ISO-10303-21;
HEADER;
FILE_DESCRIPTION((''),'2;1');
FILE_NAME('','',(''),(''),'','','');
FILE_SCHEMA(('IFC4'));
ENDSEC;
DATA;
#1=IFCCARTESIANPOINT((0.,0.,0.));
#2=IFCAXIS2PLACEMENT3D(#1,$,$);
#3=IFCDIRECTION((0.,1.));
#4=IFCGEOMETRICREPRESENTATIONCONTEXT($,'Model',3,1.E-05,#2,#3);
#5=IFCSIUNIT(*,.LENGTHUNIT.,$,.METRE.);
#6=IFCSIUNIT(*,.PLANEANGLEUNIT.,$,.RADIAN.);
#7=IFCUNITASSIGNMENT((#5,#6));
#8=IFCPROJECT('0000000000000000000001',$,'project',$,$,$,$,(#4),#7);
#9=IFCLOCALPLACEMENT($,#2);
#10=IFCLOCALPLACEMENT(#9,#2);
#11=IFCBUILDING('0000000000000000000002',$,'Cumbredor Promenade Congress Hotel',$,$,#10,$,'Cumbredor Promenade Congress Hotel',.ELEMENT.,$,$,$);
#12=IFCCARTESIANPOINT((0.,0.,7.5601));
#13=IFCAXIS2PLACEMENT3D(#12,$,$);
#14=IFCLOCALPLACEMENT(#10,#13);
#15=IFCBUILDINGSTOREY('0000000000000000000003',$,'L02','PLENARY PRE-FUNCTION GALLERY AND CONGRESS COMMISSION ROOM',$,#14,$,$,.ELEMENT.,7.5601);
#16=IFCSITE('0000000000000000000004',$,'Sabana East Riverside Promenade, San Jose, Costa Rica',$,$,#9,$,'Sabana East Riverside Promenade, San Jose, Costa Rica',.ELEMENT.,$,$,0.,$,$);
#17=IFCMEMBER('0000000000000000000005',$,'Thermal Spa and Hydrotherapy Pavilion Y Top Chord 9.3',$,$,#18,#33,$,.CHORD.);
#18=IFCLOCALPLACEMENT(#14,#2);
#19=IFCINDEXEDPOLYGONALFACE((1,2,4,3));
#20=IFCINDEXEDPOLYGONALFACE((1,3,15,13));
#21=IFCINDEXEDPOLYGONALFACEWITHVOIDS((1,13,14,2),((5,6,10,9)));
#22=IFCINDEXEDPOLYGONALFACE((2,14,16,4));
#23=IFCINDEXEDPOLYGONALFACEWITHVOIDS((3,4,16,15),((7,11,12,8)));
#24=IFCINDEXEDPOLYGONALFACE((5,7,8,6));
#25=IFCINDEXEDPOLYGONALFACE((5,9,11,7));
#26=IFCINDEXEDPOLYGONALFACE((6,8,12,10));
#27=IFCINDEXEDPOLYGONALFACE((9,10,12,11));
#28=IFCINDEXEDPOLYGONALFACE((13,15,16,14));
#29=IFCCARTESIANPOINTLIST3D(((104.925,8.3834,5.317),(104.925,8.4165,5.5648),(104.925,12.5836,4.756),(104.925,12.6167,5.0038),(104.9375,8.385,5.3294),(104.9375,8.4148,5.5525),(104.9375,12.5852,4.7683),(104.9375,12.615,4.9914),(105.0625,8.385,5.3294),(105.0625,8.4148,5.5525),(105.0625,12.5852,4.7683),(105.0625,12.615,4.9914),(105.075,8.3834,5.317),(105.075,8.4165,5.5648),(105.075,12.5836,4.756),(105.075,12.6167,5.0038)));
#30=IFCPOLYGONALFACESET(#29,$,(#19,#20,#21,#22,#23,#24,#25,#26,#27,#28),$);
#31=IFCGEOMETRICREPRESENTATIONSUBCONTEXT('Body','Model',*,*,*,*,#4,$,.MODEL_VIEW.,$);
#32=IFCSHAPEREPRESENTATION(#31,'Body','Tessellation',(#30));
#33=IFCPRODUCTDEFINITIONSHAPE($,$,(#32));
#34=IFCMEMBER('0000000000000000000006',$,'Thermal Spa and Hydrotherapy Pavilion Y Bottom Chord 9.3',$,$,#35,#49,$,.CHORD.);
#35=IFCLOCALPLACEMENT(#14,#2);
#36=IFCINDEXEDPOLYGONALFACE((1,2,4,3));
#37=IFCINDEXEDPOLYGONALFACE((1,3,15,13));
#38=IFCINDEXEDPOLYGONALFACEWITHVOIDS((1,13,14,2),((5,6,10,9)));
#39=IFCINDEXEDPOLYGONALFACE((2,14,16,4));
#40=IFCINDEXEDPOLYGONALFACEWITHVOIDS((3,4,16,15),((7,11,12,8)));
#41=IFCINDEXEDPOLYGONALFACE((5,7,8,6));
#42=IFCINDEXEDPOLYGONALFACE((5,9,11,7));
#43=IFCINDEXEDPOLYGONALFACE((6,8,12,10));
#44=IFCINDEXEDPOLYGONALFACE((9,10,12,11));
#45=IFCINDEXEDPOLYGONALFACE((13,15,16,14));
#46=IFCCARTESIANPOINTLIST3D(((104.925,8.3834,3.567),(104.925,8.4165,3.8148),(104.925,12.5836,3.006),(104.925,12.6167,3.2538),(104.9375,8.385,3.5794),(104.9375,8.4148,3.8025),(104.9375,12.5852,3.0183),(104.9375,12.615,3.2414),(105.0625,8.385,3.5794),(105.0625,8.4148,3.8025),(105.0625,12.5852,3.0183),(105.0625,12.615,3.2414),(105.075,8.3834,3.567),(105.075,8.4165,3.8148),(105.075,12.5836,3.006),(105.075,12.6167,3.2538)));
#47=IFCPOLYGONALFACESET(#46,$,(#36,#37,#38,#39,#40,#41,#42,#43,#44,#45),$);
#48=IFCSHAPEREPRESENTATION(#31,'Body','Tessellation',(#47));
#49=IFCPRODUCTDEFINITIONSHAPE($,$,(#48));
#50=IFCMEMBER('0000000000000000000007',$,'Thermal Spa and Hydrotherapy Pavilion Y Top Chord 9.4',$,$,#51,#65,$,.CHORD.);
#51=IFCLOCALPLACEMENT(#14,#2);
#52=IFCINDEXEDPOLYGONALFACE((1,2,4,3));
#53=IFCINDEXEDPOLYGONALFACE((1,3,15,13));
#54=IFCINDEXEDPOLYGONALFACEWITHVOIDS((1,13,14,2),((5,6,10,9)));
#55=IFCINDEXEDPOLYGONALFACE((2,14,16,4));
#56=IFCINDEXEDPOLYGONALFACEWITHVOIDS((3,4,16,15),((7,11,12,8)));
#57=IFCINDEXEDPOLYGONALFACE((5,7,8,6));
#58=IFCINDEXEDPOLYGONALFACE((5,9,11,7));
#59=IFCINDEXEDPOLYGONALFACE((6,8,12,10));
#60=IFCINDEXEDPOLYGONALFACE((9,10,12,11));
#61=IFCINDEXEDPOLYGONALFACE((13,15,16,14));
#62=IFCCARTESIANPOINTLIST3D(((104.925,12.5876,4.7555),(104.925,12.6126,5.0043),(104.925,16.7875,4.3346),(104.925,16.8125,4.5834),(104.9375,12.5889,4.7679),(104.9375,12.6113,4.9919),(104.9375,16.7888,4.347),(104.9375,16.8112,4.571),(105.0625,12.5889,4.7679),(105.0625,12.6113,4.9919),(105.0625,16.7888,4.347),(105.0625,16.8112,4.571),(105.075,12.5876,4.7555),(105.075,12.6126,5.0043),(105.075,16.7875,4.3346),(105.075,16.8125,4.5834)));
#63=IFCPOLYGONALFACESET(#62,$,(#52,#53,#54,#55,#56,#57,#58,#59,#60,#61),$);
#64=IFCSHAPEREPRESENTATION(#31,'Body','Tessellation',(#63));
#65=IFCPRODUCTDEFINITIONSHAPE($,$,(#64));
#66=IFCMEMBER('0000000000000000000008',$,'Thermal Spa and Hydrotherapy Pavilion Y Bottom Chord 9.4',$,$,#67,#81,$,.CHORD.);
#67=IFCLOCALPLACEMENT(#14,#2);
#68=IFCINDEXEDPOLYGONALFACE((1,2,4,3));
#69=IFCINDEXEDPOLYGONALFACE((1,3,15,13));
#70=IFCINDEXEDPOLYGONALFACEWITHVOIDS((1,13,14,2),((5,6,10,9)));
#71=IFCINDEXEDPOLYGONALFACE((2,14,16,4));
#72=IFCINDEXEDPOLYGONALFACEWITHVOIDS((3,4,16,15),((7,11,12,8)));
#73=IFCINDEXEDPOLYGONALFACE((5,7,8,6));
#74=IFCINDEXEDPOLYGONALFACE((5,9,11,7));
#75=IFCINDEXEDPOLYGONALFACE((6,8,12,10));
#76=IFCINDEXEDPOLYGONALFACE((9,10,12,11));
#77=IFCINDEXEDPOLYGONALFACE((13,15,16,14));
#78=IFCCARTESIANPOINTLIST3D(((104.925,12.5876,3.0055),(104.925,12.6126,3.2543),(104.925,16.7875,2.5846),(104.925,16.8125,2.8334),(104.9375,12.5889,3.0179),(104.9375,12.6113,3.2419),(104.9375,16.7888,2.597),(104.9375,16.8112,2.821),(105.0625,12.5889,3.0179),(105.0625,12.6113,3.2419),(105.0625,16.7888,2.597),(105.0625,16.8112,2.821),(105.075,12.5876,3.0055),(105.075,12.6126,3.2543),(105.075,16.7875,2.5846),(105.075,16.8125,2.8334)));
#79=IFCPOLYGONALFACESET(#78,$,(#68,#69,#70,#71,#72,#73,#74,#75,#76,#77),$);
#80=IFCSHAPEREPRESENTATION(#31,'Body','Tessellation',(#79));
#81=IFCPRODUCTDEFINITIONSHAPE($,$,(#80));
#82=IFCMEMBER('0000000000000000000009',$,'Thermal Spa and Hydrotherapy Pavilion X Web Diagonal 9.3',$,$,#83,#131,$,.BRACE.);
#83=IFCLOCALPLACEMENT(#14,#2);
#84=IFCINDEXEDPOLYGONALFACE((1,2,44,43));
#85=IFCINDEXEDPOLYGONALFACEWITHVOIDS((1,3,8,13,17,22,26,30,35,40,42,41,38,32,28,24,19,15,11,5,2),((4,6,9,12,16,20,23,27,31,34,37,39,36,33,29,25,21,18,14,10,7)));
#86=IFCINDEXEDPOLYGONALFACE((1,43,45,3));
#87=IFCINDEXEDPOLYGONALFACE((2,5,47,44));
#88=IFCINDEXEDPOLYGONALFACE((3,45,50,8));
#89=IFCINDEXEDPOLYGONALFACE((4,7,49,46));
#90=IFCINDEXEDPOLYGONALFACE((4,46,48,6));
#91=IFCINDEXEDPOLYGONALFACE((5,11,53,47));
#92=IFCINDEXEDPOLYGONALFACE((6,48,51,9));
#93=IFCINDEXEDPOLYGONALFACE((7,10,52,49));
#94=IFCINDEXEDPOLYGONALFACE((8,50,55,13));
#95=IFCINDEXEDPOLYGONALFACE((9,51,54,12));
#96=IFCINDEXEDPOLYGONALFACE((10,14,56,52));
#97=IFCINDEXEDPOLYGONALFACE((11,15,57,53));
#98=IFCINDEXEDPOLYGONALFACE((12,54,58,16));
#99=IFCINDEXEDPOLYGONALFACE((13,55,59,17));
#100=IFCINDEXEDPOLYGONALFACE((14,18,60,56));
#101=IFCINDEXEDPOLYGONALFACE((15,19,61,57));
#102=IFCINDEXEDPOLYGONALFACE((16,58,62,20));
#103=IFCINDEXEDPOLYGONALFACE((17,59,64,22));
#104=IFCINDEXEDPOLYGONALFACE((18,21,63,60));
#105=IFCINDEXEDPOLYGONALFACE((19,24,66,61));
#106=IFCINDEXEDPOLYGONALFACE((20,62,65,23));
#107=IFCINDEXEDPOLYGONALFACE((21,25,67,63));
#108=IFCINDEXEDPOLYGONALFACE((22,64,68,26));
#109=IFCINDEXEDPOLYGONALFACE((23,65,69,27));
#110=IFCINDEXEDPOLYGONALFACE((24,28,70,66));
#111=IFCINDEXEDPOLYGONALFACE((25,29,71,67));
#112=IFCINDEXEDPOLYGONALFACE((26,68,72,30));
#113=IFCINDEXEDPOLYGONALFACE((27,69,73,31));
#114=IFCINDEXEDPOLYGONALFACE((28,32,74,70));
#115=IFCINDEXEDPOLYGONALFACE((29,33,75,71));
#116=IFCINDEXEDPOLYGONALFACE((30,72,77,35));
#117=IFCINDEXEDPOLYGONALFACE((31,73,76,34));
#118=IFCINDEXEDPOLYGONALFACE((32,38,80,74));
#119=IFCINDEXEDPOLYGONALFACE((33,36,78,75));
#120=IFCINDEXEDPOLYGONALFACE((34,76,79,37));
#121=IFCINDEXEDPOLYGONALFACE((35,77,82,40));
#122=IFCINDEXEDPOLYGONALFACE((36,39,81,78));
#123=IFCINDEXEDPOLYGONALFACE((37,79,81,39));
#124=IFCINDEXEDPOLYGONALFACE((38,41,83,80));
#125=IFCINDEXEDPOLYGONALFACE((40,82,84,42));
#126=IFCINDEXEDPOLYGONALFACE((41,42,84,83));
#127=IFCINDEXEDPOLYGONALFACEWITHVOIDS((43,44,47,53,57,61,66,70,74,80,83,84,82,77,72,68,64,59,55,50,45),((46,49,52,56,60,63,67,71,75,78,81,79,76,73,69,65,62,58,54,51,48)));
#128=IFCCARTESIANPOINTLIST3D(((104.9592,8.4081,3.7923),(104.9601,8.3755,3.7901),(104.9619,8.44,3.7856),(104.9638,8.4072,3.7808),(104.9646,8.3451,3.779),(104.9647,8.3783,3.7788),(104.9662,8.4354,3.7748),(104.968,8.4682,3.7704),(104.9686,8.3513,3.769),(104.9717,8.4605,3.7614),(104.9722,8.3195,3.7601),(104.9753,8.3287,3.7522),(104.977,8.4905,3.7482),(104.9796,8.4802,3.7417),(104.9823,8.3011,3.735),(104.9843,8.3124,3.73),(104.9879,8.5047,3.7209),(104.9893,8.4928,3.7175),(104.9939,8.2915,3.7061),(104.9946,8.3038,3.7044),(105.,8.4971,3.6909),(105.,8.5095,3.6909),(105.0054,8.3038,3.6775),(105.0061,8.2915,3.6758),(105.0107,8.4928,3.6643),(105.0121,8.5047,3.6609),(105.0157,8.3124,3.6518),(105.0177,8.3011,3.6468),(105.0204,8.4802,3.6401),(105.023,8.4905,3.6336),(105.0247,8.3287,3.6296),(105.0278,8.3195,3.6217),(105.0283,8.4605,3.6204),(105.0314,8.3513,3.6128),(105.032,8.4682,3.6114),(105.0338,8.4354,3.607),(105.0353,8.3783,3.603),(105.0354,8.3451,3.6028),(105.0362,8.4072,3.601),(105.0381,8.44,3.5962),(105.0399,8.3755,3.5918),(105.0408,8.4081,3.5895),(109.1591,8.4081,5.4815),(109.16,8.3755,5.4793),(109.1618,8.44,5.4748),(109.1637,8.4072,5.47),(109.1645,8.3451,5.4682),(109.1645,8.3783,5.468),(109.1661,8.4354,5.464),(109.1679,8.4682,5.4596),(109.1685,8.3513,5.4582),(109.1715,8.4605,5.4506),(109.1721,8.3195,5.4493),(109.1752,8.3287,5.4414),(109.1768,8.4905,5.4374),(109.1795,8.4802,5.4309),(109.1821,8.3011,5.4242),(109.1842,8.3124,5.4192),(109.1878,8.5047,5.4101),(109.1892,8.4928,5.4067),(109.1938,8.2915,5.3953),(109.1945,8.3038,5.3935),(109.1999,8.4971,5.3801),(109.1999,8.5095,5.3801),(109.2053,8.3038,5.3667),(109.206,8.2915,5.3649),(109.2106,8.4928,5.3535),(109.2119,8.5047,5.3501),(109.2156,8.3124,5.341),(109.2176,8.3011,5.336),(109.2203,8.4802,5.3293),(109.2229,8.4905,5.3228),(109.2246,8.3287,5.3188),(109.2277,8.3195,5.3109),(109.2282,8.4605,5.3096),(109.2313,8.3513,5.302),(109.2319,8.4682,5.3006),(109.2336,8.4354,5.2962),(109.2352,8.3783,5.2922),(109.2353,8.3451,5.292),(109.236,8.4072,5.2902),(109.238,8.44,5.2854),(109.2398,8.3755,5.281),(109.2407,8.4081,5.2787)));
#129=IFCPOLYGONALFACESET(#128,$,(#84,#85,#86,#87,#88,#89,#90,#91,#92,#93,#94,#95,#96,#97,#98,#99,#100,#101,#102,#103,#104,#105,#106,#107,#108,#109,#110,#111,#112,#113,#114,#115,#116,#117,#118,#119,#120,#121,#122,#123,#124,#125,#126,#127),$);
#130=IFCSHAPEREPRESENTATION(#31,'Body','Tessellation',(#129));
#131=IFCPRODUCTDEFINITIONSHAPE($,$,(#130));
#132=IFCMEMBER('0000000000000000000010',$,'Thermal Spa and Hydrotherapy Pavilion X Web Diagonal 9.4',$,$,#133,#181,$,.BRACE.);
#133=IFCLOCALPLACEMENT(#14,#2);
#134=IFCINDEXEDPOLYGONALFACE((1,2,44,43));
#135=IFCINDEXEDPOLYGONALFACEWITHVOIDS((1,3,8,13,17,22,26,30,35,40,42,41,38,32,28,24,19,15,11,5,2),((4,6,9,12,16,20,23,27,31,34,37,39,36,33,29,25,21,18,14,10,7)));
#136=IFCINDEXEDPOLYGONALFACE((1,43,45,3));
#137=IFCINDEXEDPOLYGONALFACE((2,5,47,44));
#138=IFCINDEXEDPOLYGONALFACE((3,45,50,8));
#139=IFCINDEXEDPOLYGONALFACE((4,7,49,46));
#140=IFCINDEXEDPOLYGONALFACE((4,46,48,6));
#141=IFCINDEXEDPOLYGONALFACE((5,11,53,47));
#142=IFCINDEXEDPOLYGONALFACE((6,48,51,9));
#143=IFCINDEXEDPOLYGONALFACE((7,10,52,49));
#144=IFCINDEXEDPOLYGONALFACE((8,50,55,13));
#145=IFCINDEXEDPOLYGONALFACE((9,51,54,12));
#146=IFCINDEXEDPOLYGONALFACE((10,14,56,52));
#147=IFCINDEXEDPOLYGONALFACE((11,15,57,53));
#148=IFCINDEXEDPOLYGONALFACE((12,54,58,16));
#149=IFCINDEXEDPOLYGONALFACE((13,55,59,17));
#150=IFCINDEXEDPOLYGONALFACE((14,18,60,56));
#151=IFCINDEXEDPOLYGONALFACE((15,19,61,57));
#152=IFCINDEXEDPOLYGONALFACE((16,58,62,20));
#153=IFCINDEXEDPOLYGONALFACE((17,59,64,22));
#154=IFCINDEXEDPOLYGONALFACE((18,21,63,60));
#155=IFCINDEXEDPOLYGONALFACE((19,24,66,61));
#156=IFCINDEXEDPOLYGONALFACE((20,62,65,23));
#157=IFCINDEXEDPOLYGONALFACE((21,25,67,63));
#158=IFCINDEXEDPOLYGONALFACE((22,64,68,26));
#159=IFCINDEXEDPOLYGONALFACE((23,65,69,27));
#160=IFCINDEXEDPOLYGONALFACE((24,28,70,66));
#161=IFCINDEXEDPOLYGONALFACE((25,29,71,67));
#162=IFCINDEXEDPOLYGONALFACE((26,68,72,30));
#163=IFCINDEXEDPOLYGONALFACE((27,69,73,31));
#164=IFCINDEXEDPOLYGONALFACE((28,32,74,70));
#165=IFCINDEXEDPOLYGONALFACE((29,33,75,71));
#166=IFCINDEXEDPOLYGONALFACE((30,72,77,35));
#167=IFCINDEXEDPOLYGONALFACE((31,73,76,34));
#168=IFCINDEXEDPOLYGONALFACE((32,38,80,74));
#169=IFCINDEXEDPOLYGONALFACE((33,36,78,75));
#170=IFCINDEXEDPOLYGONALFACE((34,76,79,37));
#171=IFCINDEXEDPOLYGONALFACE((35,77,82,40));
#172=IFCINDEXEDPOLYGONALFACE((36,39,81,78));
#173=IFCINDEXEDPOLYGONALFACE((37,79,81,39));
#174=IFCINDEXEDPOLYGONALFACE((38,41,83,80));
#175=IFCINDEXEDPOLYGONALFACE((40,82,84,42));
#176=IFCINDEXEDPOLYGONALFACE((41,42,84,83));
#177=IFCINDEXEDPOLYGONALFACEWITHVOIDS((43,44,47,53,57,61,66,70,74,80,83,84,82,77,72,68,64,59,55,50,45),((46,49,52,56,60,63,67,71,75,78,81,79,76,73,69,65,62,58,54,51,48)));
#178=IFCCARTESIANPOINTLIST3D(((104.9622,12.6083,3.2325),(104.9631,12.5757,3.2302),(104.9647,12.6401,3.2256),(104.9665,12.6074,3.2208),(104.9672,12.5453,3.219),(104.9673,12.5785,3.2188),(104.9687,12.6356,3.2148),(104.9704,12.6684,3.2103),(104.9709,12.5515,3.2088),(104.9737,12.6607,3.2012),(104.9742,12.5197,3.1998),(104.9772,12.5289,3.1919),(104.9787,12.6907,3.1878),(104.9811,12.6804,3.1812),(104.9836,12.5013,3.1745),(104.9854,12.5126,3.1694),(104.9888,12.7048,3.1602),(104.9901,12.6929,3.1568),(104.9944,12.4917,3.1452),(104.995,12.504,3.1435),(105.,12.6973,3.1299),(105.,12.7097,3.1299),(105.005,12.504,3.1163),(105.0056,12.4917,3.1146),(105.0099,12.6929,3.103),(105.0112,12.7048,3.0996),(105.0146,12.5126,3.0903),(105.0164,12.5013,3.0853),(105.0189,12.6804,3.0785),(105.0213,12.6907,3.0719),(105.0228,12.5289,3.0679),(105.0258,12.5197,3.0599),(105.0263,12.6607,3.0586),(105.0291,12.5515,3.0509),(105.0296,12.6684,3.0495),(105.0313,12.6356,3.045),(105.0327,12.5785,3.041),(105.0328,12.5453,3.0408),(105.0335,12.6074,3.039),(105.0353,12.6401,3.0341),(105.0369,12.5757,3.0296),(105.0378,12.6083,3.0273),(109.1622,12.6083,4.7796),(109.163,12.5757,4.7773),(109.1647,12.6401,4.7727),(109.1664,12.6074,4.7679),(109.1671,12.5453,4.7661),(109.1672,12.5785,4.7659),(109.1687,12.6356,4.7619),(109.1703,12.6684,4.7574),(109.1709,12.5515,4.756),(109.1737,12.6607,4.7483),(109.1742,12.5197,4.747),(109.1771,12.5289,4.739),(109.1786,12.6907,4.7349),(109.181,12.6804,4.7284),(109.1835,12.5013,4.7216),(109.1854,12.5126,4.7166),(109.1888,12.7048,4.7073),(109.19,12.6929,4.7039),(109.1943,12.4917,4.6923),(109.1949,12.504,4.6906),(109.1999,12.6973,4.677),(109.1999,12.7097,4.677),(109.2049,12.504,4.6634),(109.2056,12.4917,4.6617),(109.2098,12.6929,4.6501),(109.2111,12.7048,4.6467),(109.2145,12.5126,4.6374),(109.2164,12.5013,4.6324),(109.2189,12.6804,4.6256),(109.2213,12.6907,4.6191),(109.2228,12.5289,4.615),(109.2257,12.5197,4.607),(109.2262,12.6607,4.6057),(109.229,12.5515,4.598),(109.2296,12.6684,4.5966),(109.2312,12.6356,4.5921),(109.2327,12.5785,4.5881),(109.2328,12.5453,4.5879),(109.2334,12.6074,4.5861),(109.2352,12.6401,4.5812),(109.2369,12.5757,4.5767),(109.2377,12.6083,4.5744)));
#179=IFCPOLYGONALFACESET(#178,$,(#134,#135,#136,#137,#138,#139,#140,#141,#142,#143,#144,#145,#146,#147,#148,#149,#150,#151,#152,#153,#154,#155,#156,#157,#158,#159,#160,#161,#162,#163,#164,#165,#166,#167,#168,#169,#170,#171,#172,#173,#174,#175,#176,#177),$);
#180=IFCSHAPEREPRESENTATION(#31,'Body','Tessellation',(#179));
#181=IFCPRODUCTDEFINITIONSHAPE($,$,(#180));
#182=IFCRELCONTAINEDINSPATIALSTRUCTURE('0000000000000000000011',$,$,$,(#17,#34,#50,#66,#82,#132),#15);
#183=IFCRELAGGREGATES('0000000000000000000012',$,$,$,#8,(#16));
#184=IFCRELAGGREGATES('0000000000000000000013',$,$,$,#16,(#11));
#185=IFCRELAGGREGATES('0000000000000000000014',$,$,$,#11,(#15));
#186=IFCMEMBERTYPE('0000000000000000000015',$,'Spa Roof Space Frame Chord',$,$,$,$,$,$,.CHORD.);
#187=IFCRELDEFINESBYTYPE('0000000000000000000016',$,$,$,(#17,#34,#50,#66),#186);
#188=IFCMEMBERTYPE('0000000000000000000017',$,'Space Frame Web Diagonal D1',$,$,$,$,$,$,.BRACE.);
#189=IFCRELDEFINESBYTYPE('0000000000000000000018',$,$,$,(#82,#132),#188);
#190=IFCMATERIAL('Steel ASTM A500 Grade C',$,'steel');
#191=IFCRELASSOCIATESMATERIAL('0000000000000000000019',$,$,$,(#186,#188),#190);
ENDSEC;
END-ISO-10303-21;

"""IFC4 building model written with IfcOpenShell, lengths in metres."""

from ifc_helpers import new_model, si_unit, direction, frame, origin, origin_2d, place, context, subcontext, project, spatial, hollow_rectangle, hollow_circle, extrude, material, material_profile, profile_set, type_object, element, save


model = new_model("IFC4")

# Units and contexts
model_context = context("Model", 3, precision=1e-05, world=origin(), true_north=direction((0.0, 1.0)))
body_context = subcontext(model_context, "Body", "Model", "MODEL_VIEW")
ifc_project = project(units=[si_unit("LENGTHUNIT", "METRE"), si_unit("PLANEANGLEUNIT", "RADIAN")], contexts=[model_context])

# Site, building, storey
site_placement = place(None, origin())
site = spatial("IfcSite", under=ifc_project, at=site_placement, Name="Sabana East Riverside Promenade, San Jose, Costa Rica", LongName="Sabana East Riverside Promenade, San Jose, Costa Rica", CompositionType="ELEMENT", RefElevation=0.0)
building_placement = place(site_placement, origin())
building = spatial("IfcBuilding", under=site, at=building_placement, Name="Cumbredor Promenade Congress Hotel", LongName="Cumbredor Promenade Congress Hotel", CompositionType="ELEMENT")
storey_placement = place(building_placement, frame((0.0, 0.0, 7.5601)))
storey = spatial("IfcBuildingStorey", under=building, at=storey_placement, Name="L02", Description="PLENARY PRE-FUNCTION GALLERY AND CONGRESS COMMISSION ROOM", CompositionType="ELEMENT", Elevation=7.5601)

# Members
ifc_material_1 = material(Name="Steel ASTM A500 Grade C", Category="steel")
ifc_material_profile_1 = material_profile(ifc_material_1, hollow_rectangle(XDim=0.1499, YDim=0.25, WallThickness=0.0125, at=origin_2d()), Name="HSS 250x150x12.5")
ifc_profile_set_1 = profile_set([ifc_material_profile_1], Name="Steel ASTM A500 Grade C")
member_type_1 = type_object("IfcMemberType", Name="Spa Roof Space Frame Chord", PredefinedType="CHORD", material=ifc_profile_set_1)
for number, where, z_axis, x_axis, name in (
    (1, (105.0, 8.3999, 5.4409), (0.0, 0.991197, -0.132398), (-1.0, 0.0, 0.0), "Thermal Spa and Hydrotherapy Pavilion Y Top Chord 9.3"),
    (2, (105.0, 8.3999, 3.6909), (0.0, 0.991197, -0.132398), (-1.0, 0.0, 0.0), "Thermal Spa and Hydrotherapy Pavilion Y Bottom Chord 9.3"),
):
    element("IfcMember", number, at=place(storey_placement, frame(where, z_axis=z_axis, x_axis=x_axis)), inside=storey, type_object=member_type_1, Name=name, PredefinedType="CHORD", context=body_context, shape_type="SweptSolid", body=[
        extrude(hollow_rectangle(XDim=0.1499, YDim=0.25, WallThickness=0.0125, at=origin_2d()), origin(), (0.0, 0.0, 1.0), 4.2375),
    ])
for number, where, z_axis, x_axis, name in (
    (3, (105.0, 12.6001, 4.8799), (0.0, 0.995016, -0.099716), (-1.0, 0.0, 0.0), "Thermal Spa and Hydrotherapy Pavilion Y Top Chord 9.4"),
    (4, (105.0, 12.6001, 3.1299), (0.0, 0.995016, -0.099716), (-1.0, 0.0, 0.0), "Thermal Spa and Hydrotherapy Pavilion Y Bottom Chord 9.4"),
):
    element("IfcMember", number, at=place(storey_placement, frame(where, z_axis=z_axis, x_axis=x_axis)), inside=storey, type_object=member_type_1, Name=name, PredefinedType="CHORD", context=body_context, shape_type="SweptSolid", body=[
        extrude(hollow_rectangle(XDim=0.1499, YDim=0.25, WallThickness=0.0125, at=origin_2d()), origin(), (0.0, 0.0, 1.0), 4.2209),
    ])
ifc_material_profile_2 = material_profile(ifc_material_1, hollow_circle(Radius=0.1096, WallThickness=0.0125, at=origin_2d()), Name="CHS 219.1x12.5")
ifc_profile_set_2 = profile_set([ifc_material_profile_2], Name="Steel ASTM A500 Grade C")
member_type_2 = type_object("IfcMemberType", Name="Space Frame Web Diagonal D1", PredefinedType="BRACE", material=ifc_profile_set_2)
member_1_placement = place(storey_placement, frame((105.0, 8.3999, 3.6909), z_axis=(0.927772, 0.0, 0.373147), x_axis=(0.0, 1.0, 0.0)))
element("IfcMember", 5, at=member_1_placement, inside=storey, type_object=member_type_2, Name="Thermal Spa and Hydrotherapy Pavilion X Web Diagonal 9.3", PredefinedType="BRACE", context=body_context, shape_type="SweptSolid", body=[
    extrude(hollow_circle(Radius=0.1096, WallThickness=0.0125, at=origin_2d()), origin(), (0.0, 0.0, 1.0), 4.5269),
])
member_2_placement = place(storey_placement, frame((105.0, 12.6001, 3.1299), z_axis=(0.93836, 0.0, 0.34566), x_axis=(0.0, 1.0, 0.0)))
element("IfcMember", 6, at=member_2_placement, inside=storey, type_object=member_type_2, Name="Thermal Spa and Hydrotherapy Pavilion X Web Diagonal 9.4", PredefinedType="BRACE", context=body_context, shape_type="SweptSolid", body=[
    extrude(hollow_circle(Radius=0.1096, WallThickness=0.0125, at=origin_2d()), origin(), (0.0, 0.0, 1.0), 4.4758),
])

save(model, "model.ifc")
